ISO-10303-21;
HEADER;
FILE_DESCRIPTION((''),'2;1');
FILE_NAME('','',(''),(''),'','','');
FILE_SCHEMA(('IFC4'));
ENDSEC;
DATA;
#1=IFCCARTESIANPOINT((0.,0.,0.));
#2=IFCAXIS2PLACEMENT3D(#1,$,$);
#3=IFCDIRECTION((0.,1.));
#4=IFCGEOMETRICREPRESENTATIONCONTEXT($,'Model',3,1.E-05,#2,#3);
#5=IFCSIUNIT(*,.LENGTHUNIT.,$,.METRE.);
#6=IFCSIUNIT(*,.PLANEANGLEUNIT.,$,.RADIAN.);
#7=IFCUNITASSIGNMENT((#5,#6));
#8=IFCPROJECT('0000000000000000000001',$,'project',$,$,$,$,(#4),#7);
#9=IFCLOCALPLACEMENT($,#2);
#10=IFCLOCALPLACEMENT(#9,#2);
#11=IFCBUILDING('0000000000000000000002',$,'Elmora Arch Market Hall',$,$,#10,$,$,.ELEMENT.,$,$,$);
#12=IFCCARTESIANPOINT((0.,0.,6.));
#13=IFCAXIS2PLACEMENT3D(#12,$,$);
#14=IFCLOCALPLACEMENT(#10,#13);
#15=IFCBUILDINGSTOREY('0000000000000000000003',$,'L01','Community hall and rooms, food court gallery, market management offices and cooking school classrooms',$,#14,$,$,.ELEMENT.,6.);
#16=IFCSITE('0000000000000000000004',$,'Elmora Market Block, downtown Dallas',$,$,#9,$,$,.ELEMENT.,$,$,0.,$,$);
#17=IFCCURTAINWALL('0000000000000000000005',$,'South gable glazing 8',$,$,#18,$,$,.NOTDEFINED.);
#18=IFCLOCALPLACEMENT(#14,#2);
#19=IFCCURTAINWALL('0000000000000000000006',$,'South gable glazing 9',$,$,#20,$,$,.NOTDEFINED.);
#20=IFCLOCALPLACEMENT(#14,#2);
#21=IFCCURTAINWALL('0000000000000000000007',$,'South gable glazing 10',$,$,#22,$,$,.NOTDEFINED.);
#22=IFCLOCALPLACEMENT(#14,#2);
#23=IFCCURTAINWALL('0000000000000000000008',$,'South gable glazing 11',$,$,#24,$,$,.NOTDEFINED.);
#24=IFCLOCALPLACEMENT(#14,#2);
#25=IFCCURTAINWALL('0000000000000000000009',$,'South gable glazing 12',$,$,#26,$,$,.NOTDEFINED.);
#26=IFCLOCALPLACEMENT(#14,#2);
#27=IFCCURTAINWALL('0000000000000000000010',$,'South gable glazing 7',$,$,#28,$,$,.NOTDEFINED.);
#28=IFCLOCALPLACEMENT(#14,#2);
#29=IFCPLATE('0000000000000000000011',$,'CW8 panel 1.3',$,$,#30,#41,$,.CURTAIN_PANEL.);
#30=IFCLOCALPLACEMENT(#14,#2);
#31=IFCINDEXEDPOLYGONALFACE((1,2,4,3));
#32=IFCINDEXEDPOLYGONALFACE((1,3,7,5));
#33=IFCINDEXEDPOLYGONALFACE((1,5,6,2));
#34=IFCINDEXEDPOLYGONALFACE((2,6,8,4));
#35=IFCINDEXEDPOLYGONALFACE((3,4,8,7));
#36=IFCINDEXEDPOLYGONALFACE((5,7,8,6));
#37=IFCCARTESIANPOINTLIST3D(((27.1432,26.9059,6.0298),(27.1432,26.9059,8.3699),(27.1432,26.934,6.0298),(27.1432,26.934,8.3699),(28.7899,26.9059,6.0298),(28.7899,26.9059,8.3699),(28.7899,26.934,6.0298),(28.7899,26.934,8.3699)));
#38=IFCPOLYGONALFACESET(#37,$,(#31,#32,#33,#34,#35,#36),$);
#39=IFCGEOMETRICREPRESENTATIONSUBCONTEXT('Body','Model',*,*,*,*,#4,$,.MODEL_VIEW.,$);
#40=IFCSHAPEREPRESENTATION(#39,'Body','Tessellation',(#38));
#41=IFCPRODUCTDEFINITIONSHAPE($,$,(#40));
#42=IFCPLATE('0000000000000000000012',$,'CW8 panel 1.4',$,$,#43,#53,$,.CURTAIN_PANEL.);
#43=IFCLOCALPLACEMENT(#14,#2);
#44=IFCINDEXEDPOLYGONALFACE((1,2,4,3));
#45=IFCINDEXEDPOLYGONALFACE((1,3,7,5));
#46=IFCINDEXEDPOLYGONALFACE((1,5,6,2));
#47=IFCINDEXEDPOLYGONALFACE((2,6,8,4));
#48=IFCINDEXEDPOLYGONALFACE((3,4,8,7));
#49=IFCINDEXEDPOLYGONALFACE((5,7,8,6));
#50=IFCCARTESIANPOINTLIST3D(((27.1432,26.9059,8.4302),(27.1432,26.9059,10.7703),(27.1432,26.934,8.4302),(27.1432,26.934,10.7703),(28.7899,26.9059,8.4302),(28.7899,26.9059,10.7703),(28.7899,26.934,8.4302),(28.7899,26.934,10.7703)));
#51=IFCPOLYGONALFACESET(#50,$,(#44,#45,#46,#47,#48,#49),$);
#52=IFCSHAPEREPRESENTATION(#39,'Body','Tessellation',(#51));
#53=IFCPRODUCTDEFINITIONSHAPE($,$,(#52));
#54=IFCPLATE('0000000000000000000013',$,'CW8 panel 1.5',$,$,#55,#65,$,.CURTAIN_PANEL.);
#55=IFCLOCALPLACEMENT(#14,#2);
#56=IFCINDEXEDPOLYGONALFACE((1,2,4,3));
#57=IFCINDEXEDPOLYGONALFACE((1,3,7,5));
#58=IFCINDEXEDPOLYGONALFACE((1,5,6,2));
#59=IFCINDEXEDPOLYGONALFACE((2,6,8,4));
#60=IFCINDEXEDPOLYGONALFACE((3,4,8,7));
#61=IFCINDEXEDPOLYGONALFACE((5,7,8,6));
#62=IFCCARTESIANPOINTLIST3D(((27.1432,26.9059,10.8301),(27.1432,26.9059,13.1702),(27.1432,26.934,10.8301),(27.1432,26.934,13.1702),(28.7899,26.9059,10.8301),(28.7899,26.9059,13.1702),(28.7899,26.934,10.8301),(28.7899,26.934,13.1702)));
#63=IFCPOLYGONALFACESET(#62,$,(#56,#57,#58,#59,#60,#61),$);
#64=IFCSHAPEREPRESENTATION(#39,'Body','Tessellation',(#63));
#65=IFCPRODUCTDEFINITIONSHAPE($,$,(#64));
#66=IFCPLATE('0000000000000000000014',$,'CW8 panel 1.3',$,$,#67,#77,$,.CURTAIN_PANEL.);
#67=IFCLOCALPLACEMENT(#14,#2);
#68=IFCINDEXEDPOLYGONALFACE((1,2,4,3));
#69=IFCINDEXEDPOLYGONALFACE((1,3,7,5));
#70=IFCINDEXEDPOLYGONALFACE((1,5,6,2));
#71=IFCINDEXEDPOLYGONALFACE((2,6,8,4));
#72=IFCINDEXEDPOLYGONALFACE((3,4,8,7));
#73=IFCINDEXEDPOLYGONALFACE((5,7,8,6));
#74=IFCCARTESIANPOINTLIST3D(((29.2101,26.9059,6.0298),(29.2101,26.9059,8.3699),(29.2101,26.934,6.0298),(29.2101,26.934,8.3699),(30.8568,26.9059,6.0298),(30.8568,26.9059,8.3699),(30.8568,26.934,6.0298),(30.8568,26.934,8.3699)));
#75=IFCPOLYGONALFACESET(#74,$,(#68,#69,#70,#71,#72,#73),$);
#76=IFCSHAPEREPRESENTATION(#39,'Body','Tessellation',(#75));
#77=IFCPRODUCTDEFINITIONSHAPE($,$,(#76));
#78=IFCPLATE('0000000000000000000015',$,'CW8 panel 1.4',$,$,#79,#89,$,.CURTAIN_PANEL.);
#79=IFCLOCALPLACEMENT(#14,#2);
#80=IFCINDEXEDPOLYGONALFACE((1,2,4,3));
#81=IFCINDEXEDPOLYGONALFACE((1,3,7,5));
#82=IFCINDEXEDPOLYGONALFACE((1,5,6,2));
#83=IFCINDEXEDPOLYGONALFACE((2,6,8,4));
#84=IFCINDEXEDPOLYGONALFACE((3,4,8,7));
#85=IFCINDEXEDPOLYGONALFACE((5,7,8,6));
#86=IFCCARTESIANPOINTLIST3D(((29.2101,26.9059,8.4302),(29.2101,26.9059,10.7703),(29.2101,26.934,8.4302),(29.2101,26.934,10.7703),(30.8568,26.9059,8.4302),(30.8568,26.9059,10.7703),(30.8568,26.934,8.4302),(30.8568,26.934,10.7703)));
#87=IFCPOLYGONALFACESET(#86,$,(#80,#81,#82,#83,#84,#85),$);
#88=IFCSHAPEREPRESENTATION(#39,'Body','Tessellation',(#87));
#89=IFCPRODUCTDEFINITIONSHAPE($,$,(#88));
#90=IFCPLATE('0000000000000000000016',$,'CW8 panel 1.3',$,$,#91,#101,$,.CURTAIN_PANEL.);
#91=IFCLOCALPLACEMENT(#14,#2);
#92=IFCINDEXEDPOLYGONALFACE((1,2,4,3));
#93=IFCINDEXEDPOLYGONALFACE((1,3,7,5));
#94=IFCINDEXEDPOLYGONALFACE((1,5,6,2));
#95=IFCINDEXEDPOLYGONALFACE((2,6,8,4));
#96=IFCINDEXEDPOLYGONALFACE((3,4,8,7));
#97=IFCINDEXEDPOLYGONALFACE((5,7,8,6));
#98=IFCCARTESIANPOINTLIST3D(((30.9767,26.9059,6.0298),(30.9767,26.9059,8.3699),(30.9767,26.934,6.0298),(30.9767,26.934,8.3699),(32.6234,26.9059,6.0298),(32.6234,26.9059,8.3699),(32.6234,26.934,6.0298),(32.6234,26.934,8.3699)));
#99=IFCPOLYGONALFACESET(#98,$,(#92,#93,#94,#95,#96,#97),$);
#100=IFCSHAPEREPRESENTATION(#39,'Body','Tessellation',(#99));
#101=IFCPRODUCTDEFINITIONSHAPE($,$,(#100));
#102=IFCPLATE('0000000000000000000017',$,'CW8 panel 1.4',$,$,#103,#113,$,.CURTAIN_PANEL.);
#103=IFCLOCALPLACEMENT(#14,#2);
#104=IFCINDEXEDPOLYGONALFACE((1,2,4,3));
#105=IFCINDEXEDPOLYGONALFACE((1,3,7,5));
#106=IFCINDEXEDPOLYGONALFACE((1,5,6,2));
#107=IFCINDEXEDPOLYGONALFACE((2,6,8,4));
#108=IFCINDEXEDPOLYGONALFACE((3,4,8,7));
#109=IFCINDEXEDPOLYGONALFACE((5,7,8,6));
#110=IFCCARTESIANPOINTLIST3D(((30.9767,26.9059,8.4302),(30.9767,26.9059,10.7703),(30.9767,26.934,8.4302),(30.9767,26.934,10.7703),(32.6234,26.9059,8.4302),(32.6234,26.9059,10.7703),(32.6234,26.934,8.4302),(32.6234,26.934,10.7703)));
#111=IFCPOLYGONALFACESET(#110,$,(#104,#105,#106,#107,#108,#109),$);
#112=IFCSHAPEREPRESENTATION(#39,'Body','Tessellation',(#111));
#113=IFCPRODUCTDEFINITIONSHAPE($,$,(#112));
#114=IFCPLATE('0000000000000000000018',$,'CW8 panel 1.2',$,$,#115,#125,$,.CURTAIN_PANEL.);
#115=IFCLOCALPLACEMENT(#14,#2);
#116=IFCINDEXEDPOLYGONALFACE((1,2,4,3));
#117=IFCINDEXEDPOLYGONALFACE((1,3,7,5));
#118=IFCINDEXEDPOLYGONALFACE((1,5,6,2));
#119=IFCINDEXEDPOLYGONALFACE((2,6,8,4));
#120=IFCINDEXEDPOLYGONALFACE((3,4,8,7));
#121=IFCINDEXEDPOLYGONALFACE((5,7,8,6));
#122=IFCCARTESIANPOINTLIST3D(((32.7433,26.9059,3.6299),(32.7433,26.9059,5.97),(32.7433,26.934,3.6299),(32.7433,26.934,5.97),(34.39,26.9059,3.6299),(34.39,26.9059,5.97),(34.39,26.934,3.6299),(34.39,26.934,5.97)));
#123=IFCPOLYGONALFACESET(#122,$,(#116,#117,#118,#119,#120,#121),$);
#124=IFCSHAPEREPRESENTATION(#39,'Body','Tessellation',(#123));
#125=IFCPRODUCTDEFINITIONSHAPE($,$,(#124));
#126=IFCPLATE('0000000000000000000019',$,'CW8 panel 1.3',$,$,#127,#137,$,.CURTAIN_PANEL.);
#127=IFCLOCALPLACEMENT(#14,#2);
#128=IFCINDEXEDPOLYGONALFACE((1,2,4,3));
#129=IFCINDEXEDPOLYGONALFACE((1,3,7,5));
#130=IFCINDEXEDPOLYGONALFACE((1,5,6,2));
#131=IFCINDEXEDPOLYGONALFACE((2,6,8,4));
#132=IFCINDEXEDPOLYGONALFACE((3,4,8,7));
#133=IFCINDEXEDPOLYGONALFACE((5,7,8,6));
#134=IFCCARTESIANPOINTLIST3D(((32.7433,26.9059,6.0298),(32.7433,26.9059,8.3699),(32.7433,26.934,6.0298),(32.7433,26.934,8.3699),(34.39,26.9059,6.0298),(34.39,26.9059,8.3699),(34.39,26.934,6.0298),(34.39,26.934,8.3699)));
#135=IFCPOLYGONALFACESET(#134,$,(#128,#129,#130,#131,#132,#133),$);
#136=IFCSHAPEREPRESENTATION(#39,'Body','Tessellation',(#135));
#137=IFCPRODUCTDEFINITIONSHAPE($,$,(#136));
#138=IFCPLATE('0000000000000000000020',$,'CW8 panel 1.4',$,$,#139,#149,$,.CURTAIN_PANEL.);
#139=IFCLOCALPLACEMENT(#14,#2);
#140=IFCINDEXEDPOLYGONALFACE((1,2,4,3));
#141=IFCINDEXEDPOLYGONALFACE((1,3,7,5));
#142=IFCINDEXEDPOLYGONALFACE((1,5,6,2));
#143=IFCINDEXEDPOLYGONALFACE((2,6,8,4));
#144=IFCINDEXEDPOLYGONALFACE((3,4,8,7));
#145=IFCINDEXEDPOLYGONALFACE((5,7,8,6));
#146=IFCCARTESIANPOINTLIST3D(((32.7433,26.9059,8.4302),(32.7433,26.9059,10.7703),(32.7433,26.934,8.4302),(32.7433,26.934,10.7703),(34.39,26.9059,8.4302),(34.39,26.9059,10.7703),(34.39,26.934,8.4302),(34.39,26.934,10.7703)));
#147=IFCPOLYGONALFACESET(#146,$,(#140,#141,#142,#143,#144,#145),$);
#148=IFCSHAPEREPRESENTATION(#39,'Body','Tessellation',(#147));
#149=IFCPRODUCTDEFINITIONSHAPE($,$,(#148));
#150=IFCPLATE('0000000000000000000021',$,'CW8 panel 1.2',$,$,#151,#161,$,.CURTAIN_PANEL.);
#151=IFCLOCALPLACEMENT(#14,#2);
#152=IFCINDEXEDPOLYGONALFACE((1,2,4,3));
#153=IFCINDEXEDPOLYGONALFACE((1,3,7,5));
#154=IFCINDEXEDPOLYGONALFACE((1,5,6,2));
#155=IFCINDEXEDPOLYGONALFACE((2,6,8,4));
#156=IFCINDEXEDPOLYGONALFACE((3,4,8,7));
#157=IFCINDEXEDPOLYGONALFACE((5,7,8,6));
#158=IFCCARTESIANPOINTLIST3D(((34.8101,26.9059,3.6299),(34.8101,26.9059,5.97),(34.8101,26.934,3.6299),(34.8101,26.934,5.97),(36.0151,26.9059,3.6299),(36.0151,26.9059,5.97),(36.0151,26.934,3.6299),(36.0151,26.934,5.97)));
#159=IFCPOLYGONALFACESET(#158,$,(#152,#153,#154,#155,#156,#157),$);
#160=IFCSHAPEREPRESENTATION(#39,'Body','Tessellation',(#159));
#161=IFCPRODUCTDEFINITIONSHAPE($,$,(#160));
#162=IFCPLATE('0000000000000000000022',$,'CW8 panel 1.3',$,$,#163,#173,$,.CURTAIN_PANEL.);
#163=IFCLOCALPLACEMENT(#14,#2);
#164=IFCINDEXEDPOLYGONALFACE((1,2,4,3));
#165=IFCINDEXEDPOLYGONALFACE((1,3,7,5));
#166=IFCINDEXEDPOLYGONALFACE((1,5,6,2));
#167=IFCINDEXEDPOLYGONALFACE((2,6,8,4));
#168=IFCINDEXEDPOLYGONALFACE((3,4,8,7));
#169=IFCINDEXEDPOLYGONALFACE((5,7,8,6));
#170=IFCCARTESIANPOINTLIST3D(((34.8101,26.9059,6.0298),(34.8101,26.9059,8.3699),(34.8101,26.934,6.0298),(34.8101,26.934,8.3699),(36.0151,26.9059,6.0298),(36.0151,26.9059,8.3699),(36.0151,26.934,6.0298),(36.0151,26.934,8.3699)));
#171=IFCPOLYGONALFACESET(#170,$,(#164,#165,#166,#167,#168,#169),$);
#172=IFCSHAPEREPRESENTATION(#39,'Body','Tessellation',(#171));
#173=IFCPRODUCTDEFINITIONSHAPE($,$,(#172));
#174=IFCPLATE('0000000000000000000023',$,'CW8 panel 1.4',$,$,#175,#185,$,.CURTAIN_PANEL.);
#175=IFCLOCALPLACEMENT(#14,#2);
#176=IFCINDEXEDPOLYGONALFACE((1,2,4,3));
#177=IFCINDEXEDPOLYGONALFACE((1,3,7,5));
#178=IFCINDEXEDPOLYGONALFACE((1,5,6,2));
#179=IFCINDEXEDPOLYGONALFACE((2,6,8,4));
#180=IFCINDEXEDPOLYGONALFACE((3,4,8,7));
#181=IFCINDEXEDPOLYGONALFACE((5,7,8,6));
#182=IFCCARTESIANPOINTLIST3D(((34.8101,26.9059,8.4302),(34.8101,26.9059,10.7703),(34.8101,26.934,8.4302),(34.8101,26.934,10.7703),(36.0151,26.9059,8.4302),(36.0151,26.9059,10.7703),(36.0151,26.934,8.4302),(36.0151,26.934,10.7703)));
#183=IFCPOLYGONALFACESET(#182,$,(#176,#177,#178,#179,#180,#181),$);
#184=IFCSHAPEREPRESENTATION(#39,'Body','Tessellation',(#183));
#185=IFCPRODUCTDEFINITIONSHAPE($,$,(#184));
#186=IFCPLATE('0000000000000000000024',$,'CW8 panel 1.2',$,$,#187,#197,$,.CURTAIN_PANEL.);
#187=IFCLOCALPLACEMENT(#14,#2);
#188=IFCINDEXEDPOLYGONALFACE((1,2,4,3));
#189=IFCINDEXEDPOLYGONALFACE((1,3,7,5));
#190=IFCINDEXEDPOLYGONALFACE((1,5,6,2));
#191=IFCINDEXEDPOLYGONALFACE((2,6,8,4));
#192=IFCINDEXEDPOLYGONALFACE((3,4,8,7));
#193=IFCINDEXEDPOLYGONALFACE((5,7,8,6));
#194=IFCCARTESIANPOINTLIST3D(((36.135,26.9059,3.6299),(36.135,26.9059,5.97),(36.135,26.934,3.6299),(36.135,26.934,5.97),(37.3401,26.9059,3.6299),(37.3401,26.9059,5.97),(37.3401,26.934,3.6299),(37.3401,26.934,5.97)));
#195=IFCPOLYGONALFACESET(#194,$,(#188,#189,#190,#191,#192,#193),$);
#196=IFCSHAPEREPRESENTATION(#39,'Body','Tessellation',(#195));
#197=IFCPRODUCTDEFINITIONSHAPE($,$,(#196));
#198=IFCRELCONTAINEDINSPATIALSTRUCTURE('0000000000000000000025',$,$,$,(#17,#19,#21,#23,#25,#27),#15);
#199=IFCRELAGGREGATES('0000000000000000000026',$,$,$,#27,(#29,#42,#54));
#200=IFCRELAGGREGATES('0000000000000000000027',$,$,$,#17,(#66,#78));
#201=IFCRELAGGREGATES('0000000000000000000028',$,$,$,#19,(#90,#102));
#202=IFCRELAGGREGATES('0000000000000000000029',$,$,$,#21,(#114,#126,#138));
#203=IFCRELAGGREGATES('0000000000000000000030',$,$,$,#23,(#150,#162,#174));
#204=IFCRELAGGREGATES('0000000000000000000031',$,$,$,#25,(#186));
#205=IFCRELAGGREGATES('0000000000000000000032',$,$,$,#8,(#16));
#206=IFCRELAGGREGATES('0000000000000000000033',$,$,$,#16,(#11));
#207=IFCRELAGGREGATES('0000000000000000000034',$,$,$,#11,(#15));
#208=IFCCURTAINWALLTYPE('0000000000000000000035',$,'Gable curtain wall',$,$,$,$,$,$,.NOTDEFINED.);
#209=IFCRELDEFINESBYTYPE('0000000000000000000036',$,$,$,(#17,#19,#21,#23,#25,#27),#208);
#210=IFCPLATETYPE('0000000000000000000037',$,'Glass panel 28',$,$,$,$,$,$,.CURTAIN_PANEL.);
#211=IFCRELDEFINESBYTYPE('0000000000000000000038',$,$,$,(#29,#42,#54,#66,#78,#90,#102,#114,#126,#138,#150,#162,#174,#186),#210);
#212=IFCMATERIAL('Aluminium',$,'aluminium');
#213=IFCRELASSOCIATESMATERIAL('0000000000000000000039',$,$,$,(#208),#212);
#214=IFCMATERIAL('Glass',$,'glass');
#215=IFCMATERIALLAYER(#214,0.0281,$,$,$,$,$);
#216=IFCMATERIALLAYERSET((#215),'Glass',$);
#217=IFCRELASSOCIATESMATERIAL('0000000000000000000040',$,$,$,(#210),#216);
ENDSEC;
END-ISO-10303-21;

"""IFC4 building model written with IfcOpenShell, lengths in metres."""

from ifc_helpers import new_model, si_unit, direction, frame, origin, origin_2d, place, context, subcontext, project, spatial, rectangle, extrude, material, layer, layer_set, type_object, element, aggregate, save


model = new_model("IFC4")

# Units and contexts
model_context = context("Model", 3, precision=1e-05, world=origin(), true_north=direction((0.0, 1.0)))
body_context = subcontext(model_context, "Body", "Model", "MODEL_VIEW")
ifc_project = project(units=[si_unit("LENGTHUNIT", "METRE"), si_unit("PLANEANGLEUNIT", "RADIAN")], contexts=[model_context])

# Site, building, storey
site_placement = place(None, origin())
site = spatial("IfcSite", under=ifc_project, at=site_placement, Name="Elmora Market Block, downtown Dallas", CompositionType="ELEMENT", RefElevation=0.0)
building_placement = place(site_placement, origin())
building = spatial("IfcBuilding", under=site, at=building_placement, Name="Elmora Arch Market Hall", CompositionType="ELEMENT")
storey_placement = place(building_placement, frame((0.0, 0.0, 6.0)))
storey = spatial("IfcBuildingStorey", under=building, at=storey_placement, Name="L01", Description="Community hall and rooms, food court gallery, market management offices and cooking school classrooms", CompositionType="ELEMENT", Elevation=6.0)

# Curtain walls
ifc_material_1 = material(Name="Aluminium", Category="aluminium")
curtain_wall_type = type_object("IfcCurtainWallType", Name="Gable curtain wall", PredefinedType="NOTDEFINED", material=ifc_material_1)
curtain_wall_1_placement = place(storey_placement, origin())
curtain_wall_1 = element("IfcCurtainWall", 1, at=curtain_wall_1_placement, inside=storey, type_object=curtain_wall_type, Name="South gable glazing 8", PredefinedType="NOTDEFINED")
curtain_wall_2_placement = place(storey_placement, origin())
curtain_wall_2 = element("IfcCurtainWall", 2, at=curtain_wall_2_placement, inside=storey, type_object=curtain_wall_type, Name="South gable glazing 9", PredefinedType="NOTDEFINED")
curtain_wall_3_placement = place(storey_placement, origin())
curtain_wall_3 = element("IfcCurtainWall", 3, at=curtain_wall_3_placement, inside=storey, type_object=curtain_wall_type, Name="South gable glazing 10", PredefinedType="NOTDEFINED")
curtain_wall_4_placement = place(storey_placement, origin())
curtain_wall_4 = element("IfcCurtainWall", 4, at=curtain_wall_4_placement, inside=storey, type_object=curtain_wall_type, Name="South gable glazing 11", PredefinedType="NOTDEFINED")
curtain_wall_5_placement = place(storey_placement, origin())
curtain_wall_5 = element("IfcCurtainWall", 5, at=curtain_wall_5_placement, inside=storey, type_object=curtain_wall_type, Name="South gable glazing 12", PredefinedType="NOTDEFINED")

# Curtain wall, plates
curtain_wall_6_placement = place(storey_placement, origin())
curtain_wall_6 = element("IfcCurtainWall", 6, at=curtain_wall_6_placement, inside=storey, type_object=curtain_wall_type, Name="South gable glazing 7", PredefinedType="NOTDEFINED")
ifc_material_2 = material(Name="Glass", Category="glass")
ifc_layer = layer(ifc_material_2, 0.0281)
ifc_layer_set = layer_set([ifc_layer], Name="Glass")
plate_type = type_object("IfcPlateType", Name="Glass panel 28", PredefinedType="CURTAIN_PANEL", material=ifc_layer_set)
plate_1_placement = place(storey_placement, frame((27.9666, 26.9199, 6.0298), z_axis=(0.0, 0.0, 1.0), x_axis=(1.0, 0.0, 0.0)))
plate_1 = element("IfcPlate", 7, at=plate_1_placement, type_object=plate_type, Name="CW8 panel 1.3", PredefinedType="CURTAIN_PANEL", context=body_context, shape_type="SweptSolid", body=[
    extrude(rectangle(XDim=1.6467, YDim=0.0281, at=origin_2d()), origin(), (0.0, 0.0, 1.0), 2.3401),
])
plate_2_placement = place(storey_placement, frame((27.9666, 26.9199, 8.4302), z_axis=(0.0, 0.0, 1.0), x_axis=(1.0, 0.0, 0.0)))
plate_2 = element("IfcPlate", 8, at=plate_2_placement, type_object=plate_type, Name="CW8 panel 1.4", PredefinedType="CURTAIN_PANEL", context=body_context, shape_type="SweptSolid", body=[
    extrude(rectangle(XDim=1.6467, YDim=0.0281, at=origin_2d()), origin(), (0.0, 0.0, 1.0), 2.3401),
])
plate_3_placement = place(storey_placement, frame((27.9666, 26.9199, 10.8301), z_axis=(0.0, 0.0, 1.0), x_axis=(1.0, 0.0, 0.0)))
plate_3 = element("IfcPlate", 9, at=plate_3_placement, type_object=plate_type, Name="CW8 panel 1.5", PredefinedType="CURTAIN_PANEL", context=body_context, shape_type="SweptSolid", body=[
    extrude(rectangle(XDim=1.6467, YDim=0.0281, at=origin_2d()), origin(), (0.0, 0.0, 1.0), 2.3401),
])
aggregate(curtain_wall_6, [plate_1, plate_2, plate_3])

# Plates
plate_4_placement = place(storey_placement, frame((30.0334, 26.9199, 6.0298), z_axis=(0.0, 0.0, 1.0), x_axis=(1.0, 0.0, 0.0)))
plate_4 = element("IfcPlate", 10, at=plate_4_placement, type_object=plate_type, Name="CW8 panel 1.3", PredefinedType="CURTAIN_PANEL", context=body_context, shape_type="SweptSolid", body=[
    extrude(rectangle(XDim=1.6467, YDim=0.0281, at=origin_2d()), origin(), (0.0, 0.0, 1.0), 2.3401),
])
plate_5_placement = place(storey_placement, frame((30.0334, 26.9199, 8.4302), z_axis=(0.0, 0.0, 1.0), x_axis=(1.0, 0.0, 0.0)))
plate_5 = element("IfcPlate", 11, at=plate_5_placement, type_object=plate_type, Name="CW8 panel 1.4", PredefinedType="CURTAIN_PANEL", context=body_context, shape_type="SweptSolid", body=[
    extrude(rectangle(XDim=1.6467, YDim=0.0281, at=origin_2d()), origin(), (0.0, 0.0, 1.0), 2.3401),
])
aggregate(curtain_wall_1, [plate_4, plate_5])
plate_6_placement = place(storey_placement, frame((31.8, 26.9199, 6.0298), z_axis=(0.0, 0.0, 1.0), x_axis=(1.0, 0.0, 0.0)))
plate_6 = element("IfcPlate", 12, at=plate_6_placement, type_object=plate_type, Name="CW8 panel 1.3", PredefinedType="CURTAIN_PANEL", context=body_context, shape_type="SweptSolid", body=[
    extrude(rectangle(XDim=1.6467, YDim=0.0281, at=origin_2d()), origin(), (0.0, 0.0, 1.0), 2.3401),
])
plate_7_placement = place(storey_placement, frame((31.8, 26.9199, 8.4302), z_axis=(0.0, 0.0, 1.0), x_axis=(1.0, 0.0, 0.0)))
plate_7 = element("IfcPlate", 13, at=plate_7_placement, type_object=plate_type, Name="CW8 panel 1.4", PredefinedType="CURTAIN_PANEL", context=body_context, shape_type="SweptSolid", body=[
    extrude(rectangle(XDim=1.6467, YDim=0.0281, at=origin_2d()), origin(), (0.0, 0.0, 1.0), 2.3401),
])
aggregate(curtain_wall_2, [plate_6, plate_7])
plate_8_placement = place(storey_placement, frame((33.5667, 26.9199, 3.6299), z_axis=(0.0, 0.0, 1.0), x_axis=(1.0, 0.0, 0.0)))
plate_8 = element("IfcPlate", 14, at=plate_8_placement, type_object=plate_type, Name="CW8 panel 1.2", PredefinedType="CURTAIN_PANEL", context=body_context, shape_type="SweptSolid", body=[
    extrude(rectangle(XDim=1.6467, YDim=0.0281, at=origin_2d()), origin(), (0.0, 0.0, 1.0), 2.3401),
])
plate_9_placement = place(storey_placement, frame((33.5667, 26.9199, 6.0298), z_axis=(0.0, 0.0, 1.0), x_axis=(1.0, 0.0, 0.0)))
plate_9 = element("IfcPlate", 15, at=plate_9_placement, type_object=plate_type, Name="CW8 panel 1.3", PredefinedType="CURTAIN_PANEL", context=body_context, shape_type="SweptSolid", body=[
    extrude(rectangle(XDim=1.6467, YDim=0.0281, at=origin_2d()), origin(), (0.0, 0.0, 1.0), 2.3401),
])
plate_10_placement = place(storey_placement, frame((33.5667, 26.9199, 8.4302), z_axis=(0.0, 0.0, 1.0), x_axis=(1.0, 0.0, 0.0)))
plate_10 = element("IfcPlate", 16, at=plate_10_placement, type_object=plate_type, Name="CW8 panel 1.4", PredefinedType="CURTAIN_PANEL", context=body_context, shape_type="SweptSolid", body=[
    extrude(rectangle(XDim=1.6467, YDim=0.0281, at=origin_2d()), origin(), (0.0, 0.0, 1.0), 2.3401),
])
aggregate(curtain_wall_3, [plate_8, plate_9, plate_10])
plate_11_placement = place(storey_placement, frame((35.4126, 26.9199, 3.6299), z_axis=(0.0, 0.0, 1.0), x_axis=(1.0, 0.0, 0.0)))
plate_11 = element("IfcPlate", 17, at=plate_11_placement, type_object=plate_type, Name="CW8 panel 1.2", PredefinedType="CURTAIN_PANEL", context=body_context, shape_type="SweptSolid", body=[
    extrude(rectangle(XDim=1.2051, YDim=0.0281, at=origin_2d()), origin(), (0.0, 0.0, 1.0), 2.3401),
])
plate_12_placement = place(storey_placement, frame((35.4126, 26.9199, 6.0298), z_axis=(0.0, 0.0, 1.0), x_axis=(1.0, 0.0, 0.0)))
plate_12 = element("IfcPlate", 18, at=plate_12_placement, type_object=plate_type, Name="CW8 panel 1.3", PredefinedType="CURTAIN_PANEL", context=body_context, shape_type="SweptSolid", body=[
    extrude(rectangle(XDim=1.2051, YDim=0.0281, at=origin_2d()), origin(), (0.0, 0.0, 1.0), 2.3401),
])
plate_13_placement = place(storey_placement, frame((35.4126, 26.9199, 8.4302), z_axis=(0.0, 0.0, 1.0), x_axis=(1.0, 0.0, 0.0)))
plate_13 = element("IfcPlate", 19, at=plate_13_placement, type_object=plate_type, Name="CW8 panel 1.4", PredefinedType="CURTAIN_PANEL", context=body_context, shape_type="SweptSolid", body=[
    extrude(rectangle(XDim=1.2051, YDim=0.0281, at=origin_2d()), origin(), (0.0, 0.0, 1.0), 2.3401),
])
aggregate(curtain_wall_4, [plate_11, plate_12, plate_13])
plate_14_placement = place(storey_placement, frame((36.7375, 26.9199, 3.6299), z_axis=(0.0, 0.0, 1.0), x_axis=(1.0, 0.0, 0.0)))
plate_14 = element("IfcPlate", 20, at=plate_14_placement, type_object=plate_type, Name="CW8 panel 1.2", PredefinedType="CURTAIN_PANEL", context=body_context, shape_type="SweptSolid", body=[
    extrude(rectangle(XDim=1.2051, YDim=0.0281, at=origin_2d()), origin(), (0.0, 0.0, 1.0), 2.3401),
])
aggregate(curtain_wall_5, [plate_14])

save(model, "model.ifc")
